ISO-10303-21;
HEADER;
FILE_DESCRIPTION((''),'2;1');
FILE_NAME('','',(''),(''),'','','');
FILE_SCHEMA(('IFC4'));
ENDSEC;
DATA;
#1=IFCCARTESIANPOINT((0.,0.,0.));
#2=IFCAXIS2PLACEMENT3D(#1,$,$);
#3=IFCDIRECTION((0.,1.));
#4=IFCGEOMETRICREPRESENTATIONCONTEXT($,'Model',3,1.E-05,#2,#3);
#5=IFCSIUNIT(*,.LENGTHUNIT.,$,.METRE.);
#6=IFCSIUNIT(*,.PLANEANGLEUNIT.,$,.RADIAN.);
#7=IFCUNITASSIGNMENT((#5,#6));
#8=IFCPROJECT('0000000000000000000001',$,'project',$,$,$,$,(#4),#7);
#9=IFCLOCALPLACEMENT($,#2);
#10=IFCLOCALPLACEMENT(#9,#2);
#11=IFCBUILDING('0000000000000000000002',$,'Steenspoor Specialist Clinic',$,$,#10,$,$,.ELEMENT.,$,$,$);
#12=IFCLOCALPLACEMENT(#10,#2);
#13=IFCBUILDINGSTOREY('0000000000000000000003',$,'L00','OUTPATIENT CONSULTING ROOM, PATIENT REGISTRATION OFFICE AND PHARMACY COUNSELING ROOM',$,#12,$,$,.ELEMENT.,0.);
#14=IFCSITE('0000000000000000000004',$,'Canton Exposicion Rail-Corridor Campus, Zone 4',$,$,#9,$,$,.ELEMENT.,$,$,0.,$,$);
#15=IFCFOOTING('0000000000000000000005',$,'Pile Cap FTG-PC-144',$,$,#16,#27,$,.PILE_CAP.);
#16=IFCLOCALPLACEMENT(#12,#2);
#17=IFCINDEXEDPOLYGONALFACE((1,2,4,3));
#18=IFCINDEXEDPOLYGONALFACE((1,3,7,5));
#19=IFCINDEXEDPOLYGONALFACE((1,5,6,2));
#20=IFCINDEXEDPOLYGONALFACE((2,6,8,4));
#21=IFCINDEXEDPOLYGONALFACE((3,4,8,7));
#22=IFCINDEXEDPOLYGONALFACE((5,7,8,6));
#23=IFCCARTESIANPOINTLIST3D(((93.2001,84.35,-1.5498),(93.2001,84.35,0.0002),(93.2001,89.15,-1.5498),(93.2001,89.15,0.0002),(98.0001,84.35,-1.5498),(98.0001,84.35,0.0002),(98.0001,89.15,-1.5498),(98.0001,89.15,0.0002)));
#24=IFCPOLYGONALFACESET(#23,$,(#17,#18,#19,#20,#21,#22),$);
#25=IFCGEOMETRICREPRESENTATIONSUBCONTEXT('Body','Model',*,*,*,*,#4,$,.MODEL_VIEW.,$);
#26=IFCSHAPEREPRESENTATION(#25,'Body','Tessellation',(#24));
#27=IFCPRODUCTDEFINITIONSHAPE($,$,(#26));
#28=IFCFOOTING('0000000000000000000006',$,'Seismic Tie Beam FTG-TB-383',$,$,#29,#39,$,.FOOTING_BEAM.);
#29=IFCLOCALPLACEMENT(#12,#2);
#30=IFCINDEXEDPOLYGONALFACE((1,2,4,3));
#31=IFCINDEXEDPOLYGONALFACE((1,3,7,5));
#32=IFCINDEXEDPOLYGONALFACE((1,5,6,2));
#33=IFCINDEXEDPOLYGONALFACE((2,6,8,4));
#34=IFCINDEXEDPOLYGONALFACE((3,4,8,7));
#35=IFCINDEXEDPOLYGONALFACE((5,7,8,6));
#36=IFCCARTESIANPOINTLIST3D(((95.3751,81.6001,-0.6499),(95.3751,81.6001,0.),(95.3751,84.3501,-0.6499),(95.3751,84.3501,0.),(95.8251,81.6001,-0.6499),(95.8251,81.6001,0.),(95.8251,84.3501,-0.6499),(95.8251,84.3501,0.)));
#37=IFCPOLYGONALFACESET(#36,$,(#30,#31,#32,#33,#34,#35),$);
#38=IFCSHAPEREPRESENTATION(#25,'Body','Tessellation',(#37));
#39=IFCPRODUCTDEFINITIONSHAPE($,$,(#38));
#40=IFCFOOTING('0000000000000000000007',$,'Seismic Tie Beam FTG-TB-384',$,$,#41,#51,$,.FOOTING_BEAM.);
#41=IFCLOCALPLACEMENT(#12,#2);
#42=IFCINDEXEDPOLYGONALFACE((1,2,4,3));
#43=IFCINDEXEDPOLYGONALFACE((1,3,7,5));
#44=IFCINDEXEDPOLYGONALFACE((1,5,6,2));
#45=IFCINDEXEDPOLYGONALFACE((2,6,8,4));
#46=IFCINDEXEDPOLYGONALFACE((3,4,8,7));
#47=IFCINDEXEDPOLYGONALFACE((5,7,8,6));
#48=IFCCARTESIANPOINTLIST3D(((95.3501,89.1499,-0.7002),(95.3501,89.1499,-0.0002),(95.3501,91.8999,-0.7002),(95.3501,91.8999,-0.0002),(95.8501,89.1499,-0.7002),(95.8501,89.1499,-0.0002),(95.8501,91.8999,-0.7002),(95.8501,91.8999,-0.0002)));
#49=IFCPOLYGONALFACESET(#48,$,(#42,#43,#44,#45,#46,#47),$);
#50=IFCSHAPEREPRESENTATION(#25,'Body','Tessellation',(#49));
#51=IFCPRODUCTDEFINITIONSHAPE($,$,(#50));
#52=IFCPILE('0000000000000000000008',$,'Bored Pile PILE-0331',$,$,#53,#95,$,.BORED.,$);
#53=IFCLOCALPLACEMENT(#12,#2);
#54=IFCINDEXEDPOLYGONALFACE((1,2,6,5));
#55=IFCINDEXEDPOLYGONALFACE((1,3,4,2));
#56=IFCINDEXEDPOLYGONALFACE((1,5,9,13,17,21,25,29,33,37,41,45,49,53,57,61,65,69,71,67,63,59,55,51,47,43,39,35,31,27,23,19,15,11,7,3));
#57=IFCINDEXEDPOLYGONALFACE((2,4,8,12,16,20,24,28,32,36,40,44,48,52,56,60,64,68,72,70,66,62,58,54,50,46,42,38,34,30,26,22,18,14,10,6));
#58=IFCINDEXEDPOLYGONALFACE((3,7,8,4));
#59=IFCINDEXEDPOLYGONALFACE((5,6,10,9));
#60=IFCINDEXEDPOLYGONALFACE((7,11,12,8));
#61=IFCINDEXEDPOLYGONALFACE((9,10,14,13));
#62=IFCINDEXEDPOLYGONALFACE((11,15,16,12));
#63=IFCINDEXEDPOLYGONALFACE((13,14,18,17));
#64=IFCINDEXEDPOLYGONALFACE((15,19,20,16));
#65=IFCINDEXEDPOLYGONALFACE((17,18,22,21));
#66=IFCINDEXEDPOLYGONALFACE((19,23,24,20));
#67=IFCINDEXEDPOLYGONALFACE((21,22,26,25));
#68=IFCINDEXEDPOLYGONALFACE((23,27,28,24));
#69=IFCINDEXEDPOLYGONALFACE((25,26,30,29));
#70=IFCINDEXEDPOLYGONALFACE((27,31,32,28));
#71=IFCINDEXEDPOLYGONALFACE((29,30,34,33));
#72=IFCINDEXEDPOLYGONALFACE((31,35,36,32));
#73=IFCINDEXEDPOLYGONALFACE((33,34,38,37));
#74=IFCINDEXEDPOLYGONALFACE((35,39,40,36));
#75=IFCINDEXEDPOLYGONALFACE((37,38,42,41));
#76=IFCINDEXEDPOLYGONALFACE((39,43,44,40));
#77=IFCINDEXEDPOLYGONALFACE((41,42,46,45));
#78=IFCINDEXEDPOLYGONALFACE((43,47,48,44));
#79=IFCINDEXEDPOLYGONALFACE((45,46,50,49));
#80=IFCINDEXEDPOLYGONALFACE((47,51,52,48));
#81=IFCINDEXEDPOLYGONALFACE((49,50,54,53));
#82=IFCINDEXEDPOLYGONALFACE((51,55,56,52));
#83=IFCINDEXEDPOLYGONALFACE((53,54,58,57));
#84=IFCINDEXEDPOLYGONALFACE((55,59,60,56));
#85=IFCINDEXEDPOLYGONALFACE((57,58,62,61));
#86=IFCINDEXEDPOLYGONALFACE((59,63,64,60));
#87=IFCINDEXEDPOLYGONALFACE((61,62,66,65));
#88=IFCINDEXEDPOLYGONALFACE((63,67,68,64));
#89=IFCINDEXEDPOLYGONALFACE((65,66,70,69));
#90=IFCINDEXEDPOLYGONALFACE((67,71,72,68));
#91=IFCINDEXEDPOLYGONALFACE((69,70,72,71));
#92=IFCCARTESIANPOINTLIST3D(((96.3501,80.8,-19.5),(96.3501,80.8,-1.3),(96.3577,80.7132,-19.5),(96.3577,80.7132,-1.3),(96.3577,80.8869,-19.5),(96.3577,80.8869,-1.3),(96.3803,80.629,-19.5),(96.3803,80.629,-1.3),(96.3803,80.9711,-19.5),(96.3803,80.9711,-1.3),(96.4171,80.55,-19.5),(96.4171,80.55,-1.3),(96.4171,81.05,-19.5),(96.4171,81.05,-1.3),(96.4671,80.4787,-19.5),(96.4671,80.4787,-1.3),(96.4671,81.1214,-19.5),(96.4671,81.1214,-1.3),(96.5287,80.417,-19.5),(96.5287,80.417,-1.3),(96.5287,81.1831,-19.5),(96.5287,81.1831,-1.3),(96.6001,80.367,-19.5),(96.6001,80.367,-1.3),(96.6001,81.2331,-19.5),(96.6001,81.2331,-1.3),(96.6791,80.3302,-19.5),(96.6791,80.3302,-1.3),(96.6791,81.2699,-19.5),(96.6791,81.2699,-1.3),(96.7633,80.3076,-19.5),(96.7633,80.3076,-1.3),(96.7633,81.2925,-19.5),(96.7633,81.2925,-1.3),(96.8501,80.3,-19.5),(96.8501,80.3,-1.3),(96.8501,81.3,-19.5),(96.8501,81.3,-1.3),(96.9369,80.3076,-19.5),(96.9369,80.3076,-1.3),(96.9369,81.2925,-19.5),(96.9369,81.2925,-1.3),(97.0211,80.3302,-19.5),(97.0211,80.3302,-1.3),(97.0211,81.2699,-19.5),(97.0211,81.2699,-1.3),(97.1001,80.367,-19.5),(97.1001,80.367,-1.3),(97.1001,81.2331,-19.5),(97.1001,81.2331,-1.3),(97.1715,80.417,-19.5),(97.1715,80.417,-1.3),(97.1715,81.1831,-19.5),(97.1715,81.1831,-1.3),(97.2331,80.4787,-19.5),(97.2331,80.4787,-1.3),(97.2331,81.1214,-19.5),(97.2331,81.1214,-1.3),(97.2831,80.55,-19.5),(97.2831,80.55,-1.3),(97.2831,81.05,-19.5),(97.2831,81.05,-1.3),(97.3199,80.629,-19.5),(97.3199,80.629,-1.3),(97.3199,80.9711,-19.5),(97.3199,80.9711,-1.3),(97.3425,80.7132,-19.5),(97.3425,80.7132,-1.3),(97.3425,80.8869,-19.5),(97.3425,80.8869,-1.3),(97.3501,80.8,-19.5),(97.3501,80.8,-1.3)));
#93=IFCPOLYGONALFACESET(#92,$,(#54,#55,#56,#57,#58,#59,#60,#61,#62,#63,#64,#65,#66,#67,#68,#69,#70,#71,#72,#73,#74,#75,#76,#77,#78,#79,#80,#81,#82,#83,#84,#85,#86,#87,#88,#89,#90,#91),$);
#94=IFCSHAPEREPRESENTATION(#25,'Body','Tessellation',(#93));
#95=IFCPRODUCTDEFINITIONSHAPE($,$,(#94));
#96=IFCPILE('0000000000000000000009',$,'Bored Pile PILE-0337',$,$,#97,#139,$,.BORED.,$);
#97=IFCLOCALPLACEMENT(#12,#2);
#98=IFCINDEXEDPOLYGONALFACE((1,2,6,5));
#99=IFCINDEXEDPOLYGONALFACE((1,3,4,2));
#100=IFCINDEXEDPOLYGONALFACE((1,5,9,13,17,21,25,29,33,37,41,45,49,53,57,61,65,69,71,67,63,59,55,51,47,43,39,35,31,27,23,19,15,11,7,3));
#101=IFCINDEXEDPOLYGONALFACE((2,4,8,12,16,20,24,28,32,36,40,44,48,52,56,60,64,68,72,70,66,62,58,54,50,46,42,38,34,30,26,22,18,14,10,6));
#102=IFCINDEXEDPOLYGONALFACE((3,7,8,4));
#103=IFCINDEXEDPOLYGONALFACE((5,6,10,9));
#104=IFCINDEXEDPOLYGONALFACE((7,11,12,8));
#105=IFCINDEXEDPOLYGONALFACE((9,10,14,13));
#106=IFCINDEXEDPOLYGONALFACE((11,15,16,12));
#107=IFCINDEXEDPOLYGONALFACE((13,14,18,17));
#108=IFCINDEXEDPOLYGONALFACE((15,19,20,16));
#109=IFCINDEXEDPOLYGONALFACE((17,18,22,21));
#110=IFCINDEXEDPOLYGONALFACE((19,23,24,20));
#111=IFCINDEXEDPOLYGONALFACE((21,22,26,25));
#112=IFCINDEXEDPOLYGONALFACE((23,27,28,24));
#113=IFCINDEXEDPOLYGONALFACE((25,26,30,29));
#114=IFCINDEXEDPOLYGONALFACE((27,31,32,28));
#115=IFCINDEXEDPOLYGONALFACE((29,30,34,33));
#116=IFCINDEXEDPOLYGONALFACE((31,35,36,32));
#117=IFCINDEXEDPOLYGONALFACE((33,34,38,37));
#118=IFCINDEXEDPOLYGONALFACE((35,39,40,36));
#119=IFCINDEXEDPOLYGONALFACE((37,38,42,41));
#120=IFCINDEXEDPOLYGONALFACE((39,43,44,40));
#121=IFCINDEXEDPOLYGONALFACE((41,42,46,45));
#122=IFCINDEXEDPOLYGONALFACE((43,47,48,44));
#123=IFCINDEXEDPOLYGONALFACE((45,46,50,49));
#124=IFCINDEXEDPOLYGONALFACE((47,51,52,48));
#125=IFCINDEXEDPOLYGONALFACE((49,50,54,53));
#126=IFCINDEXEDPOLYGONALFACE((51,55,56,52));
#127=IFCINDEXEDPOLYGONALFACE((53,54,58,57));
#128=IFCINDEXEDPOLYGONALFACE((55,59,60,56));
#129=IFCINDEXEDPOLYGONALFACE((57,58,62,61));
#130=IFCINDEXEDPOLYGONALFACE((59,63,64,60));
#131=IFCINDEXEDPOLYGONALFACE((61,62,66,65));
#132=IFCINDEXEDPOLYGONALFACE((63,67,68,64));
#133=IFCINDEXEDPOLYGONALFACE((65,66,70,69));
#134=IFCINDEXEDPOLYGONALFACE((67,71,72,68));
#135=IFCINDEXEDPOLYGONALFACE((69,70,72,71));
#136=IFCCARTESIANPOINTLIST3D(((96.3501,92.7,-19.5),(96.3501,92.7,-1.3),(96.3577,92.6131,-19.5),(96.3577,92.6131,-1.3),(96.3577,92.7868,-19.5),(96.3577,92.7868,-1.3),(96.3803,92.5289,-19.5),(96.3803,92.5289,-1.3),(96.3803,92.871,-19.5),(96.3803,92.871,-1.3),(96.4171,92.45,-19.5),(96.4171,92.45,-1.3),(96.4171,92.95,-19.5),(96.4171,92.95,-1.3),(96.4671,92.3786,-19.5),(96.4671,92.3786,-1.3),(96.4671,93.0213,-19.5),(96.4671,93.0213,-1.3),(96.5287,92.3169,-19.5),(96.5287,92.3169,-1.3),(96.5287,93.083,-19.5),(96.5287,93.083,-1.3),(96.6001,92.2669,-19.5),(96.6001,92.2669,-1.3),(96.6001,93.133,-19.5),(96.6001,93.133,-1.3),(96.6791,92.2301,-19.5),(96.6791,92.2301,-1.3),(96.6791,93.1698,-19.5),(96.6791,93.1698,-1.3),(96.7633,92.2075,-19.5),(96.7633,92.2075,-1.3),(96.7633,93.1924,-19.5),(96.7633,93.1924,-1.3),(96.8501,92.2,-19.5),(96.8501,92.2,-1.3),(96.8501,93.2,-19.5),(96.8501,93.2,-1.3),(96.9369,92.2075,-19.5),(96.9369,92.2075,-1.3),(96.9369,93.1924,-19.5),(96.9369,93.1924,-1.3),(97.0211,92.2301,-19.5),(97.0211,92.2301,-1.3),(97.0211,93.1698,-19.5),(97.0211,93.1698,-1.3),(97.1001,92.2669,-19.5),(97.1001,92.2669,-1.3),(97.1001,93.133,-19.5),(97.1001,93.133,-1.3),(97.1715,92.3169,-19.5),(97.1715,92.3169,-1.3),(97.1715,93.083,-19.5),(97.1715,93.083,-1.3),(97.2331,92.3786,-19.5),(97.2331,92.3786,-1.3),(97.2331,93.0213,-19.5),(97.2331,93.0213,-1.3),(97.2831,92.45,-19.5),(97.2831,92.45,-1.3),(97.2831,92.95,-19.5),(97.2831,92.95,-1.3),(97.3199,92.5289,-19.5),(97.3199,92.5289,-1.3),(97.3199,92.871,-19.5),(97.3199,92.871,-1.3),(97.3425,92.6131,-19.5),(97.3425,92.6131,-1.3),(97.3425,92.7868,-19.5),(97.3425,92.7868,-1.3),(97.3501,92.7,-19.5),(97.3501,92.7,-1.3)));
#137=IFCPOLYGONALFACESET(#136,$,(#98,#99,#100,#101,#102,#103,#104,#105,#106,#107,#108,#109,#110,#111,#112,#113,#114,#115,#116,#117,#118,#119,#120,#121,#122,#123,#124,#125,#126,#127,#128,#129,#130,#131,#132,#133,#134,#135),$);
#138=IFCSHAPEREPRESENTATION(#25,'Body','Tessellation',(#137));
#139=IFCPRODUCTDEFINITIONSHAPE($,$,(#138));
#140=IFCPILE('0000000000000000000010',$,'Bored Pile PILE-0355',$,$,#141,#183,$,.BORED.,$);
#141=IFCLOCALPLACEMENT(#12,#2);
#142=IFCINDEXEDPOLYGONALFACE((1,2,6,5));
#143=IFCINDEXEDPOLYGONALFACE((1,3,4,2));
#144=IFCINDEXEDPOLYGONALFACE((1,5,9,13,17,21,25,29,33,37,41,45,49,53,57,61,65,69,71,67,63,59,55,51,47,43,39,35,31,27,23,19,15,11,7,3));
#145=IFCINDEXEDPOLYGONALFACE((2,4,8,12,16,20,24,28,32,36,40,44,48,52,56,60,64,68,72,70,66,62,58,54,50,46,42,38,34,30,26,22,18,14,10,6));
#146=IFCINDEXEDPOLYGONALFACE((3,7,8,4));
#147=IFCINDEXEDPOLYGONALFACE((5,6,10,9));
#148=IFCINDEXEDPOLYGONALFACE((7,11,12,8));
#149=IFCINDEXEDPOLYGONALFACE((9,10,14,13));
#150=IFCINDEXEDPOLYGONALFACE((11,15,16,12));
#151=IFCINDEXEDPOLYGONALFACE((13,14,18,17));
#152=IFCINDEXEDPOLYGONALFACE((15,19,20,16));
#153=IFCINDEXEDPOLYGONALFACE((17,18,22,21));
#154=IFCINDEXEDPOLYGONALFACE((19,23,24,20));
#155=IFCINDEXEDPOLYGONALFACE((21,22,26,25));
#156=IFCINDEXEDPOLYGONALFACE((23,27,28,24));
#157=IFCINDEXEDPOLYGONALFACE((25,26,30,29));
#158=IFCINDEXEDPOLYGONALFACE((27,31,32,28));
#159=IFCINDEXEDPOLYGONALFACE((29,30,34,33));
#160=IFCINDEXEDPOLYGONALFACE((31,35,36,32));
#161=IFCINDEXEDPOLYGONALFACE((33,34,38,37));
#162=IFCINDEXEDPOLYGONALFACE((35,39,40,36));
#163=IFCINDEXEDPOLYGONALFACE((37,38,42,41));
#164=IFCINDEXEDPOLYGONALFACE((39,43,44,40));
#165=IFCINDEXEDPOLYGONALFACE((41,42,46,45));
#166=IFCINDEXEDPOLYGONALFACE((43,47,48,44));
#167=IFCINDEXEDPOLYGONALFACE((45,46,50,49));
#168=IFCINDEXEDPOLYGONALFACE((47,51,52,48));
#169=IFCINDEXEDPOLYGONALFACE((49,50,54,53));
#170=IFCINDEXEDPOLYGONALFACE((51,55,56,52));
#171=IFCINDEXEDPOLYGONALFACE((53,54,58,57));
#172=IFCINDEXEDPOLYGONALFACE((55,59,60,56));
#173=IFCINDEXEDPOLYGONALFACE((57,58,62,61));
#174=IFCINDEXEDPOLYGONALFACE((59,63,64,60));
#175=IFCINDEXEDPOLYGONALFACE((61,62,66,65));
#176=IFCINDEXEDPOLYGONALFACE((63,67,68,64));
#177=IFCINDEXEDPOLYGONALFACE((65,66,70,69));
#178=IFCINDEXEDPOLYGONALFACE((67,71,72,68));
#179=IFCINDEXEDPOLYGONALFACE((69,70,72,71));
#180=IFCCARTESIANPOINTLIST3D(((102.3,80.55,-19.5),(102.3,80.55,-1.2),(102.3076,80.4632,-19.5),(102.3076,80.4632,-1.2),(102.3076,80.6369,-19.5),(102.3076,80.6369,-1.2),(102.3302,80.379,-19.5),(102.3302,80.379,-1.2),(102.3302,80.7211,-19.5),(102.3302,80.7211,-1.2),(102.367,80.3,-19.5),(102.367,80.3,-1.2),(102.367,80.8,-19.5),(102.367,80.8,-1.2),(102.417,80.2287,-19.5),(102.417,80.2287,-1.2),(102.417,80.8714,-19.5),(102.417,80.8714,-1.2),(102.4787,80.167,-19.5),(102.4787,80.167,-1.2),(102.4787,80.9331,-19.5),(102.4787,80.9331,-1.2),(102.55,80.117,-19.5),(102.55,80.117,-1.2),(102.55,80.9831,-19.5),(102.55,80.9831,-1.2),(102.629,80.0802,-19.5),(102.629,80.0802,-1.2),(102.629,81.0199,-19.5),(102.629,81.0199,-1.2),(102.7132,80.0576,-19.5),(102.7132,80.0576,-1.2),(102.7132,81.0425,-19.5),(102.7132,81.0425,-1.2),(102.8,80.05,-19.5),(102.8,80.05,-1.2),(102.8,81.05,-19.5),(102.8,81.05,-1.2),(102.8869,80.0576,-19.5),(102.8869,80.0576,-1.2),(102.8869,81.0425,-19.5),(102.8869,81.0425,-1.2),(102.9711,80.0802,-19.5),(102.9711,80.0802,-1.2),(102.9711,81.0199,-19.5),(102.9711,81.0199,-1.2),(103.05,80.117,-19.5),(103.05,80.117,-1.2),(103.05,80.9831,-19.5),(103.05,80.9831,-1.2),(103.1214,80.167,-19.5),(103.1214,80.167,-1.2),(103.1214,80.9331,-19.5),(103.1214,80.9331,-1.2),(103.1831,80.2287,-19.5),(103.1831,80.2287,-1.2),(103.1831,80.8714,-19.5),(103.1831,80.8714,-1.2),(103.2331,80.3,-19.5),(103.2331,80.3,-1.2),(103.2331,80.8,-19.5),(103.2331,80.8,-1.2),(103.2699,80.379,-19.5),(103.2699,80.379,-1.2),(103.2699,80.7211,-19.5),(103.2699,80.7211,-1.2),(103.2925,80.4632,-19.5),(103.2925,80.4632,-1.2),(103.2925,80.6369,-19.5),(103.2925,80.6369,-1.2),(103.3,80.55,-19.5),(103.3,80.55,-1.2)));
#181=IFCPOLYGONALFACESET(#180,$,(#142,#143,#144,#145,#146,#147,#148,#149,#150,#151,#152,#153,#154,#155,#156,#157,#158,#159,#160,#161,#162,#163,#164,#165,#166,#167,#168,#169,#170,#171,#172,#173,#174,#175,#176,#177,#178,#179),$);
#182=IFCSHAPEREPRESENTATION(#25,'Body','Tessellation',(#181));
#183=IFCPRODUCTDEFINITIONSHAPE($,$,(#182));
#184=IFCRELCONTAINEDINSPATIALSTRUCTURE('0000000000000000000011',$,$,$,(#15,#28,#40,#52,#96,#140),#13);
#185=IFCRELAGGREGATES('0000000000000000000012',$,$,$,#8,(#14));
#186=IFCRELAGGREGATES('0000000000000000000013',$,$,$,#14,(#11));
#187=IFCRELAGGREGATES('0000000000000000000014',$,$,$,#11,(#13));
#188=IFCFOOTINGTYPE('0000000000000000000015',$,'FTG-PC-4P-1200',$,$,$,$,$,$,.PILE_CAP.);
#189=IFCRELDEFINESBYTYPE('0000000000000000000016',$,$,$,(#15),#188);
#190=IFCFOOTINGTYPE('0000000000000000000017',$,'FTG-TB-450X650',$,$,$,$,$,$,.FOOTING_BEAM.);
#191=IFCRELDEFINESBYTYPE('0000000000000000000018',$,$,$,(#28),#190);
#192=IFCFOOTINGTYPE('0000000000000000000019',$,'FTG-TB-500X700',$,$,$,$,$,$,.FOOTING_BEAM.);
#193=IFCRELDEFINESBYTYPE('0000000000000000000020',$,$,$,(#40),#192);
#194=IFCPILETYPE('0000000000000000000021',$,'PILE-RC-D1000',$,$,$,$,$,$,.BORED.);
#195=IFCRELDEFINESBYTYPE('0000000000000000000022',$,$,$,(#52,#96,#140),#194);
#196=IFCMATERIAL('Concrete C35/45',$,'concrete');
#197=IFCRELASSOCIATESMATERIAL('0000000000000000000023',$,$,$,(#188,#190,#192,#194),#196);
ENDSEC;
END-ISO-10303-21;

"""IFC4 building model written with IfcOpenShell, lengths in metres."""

from ifc_helpers import new_model, si_unit, direction, frame, origin, origin_2d, place, context, subcontext, project, spatial, rectangle, circle, extrude, material, material_profile, profile_set, type_object, element, save


model = new_model("IFC4")

# Units and contexts
model_context = context("Model", 3, precision=1e-05, world=origin(), true_north=direction((0.0, 1.0)))
body_context = subcontext(model_context, "Body", "Model", "MODEL_VIEW")
ifc_project = project(units=[si_unit("LENGTHUNIT", "METRE"), si_unit("PLANEANGLEUNIT", "RADIAN")], contexts=[model_context])

# Site, building, storey
site_placement = place(None, origin())
site = spatial("IfcSite", under=ifc_project, at=site_placement, Name="Canton Exposicion Rail-Corridor Campus, Zone 4", CompositionType="ELEMENT", RefElevation=0.0)
building_placement = place(site_placement, origin())
building = spatial("IfcBuilding", under=site, at=building_placement, Name="Steenspoor Specialist Clinic", CompositionType="ELEMENT")
storey_placement = place(building_placement, origin())
storey = spatial("IfcBuildingStorey", under=building, at=storey_placement, Name="L00", Description="OUTPATIENT CONSULTING ROOM, PATIENT REGISTRATION OFFICE AND PHARMACY COUNSELING ROOM", CompositionType="ELEMENT", Elevation=0.0)

# Footings
ifc_material_1 = material(Name="Concrete C35/45", Category="concrete")
footing_type_1 = type_object("IfcFootingType", Name="FTG-PC-4P-1200", PredefinedType="PILE_CAP", material=ifc_material_1)
footing_1_placement = place(storey_placement, frame((95.6001, 86.75, -1.5498), z_axis=(0.0, 0.0, 1.0), x_axis=(1.0, 0.0, 0.0)))
element("IfcFooting", 1, at=footing_1_placement, inside=storey, type_object=footing_type_1, Name="Pile Cap FTG-PC-144", PredefinedType="PILE_CAP", context=body_context, shape_type="SweptSolid", body=[
    extrude(rectangle(XDim=4.8, YDim=4.8, at=origin_2d()), origin(), (0.0, 0.0, 1.0), 1.55),
])
footing_type_2 = type_object("IfcFootingType", Name="FTG-TB-450X650", PredefinedType="FOOTING_BEAM", material=ifc_material_1)
footing_2_placement = place(storey_placement, frame((95.6001, 82.9751, -0.6499), z_axis=(0.0, 0.0, 1.0), x_axis=(1.0, 0.0, 0.0)))
element("IfcFooting", 2, at=footing_2_placement, inside=storey, type_object=footing_type_2, Name="Seismic Tie Beam FTG-TB-383", PredefinedType="FOOTING_BEAM", context=body_context, shape_type="SweptSolid", body=[
    extrude(rectangle(XDim=0.45, YDim=2.75, at=origin_2d()), origin(), (0.0, 0.0, 1.0), 0.6499),
])
footing_type_3 = type_object("IfcFootingType", Name="FTG-TB-500X700", PredefinedType="FOOTING_BEAM", material=ifc_material_1)
footing_3_placement = place(storey_placement, frame((95.6001, 90.5249, -0.7002), z_axis=(0.0, 0.0, 1.0), x_axis=(1.0, 0.0, 0.0)))
element("IfcFooting", 3, at=footing_3_placement, inside=storey, type_object=footing_type_3, Name="Seismic Tie Beam FTG-TB-384", PredefinedType="FOOTING_BEAM", context=body_context, shape_type="SweptSolid", body=[
    extrude(rectangle(XDim=0.5, YDim=2.75, at=origin_2d()), origin(), (0.0, 0.0, 1.0), 0.7),
])

# Piles
ifc_material_profile_1 = material_profile(ifc_material_1, circle(Radius=0.5, at=origin_2d()), Name="PILE-D1000")
ifc_profile_set_1 = profile_set([ifc_material_profile_1], Name="Concrete C35/45")
pile_type_1 = type_object("IfcPileType", Name="PILE-RC-D1000", PredefinedType="BORED", material=ifc_profile_set_1)
for number, where, z_axis, x_axis, name in (
    (4, (96.8501, 80.8, -1.3), (0.0, 0.0, -1.0), (1.0, 0.0, 0.0), "Bored Pile PILE-0331"),
    (5, (96.8501, 92.7, -1.3), (0.0, 0.0, -1.0), (1.0, 0.0, 0.0), "Bored Pile PILE-0337"),
):
    element("IfcPile", number, at=place(storey_placement, frame(where, z_axis=z_axis, x_axis=x_axis)), inside=storey, type_object=pile_type_1, Name=name, PredefinedType="BORED", context=body_context, shape_type="SweptSolid", body=[
        extrude(circle(Radius=0.5, at=origin_2d()), origin(), (0.0, 0.0, 1.0), 18.2),
    ])
pile_1_placement = place(storey_placement, frame((102.8, 80.55, -1.2), z_axis=(0.0, 0.0, -1.0), x_axis=(1.0, 0.0, 0.0)))
element("IfcPile", 6, at=pile_1_placement, inside=storey, type_object=pile_type_1, Name="Bored Pile PILE-0355", PredefinedType="BORED", context=body_context, shape_type="SweptSolid", body=[
    extrude(circle(Radius=0.5, at=origin_2d()), origin(), (0.0, 0.0, 1.0), 18.3),
])

save(model, "model.ifc")
